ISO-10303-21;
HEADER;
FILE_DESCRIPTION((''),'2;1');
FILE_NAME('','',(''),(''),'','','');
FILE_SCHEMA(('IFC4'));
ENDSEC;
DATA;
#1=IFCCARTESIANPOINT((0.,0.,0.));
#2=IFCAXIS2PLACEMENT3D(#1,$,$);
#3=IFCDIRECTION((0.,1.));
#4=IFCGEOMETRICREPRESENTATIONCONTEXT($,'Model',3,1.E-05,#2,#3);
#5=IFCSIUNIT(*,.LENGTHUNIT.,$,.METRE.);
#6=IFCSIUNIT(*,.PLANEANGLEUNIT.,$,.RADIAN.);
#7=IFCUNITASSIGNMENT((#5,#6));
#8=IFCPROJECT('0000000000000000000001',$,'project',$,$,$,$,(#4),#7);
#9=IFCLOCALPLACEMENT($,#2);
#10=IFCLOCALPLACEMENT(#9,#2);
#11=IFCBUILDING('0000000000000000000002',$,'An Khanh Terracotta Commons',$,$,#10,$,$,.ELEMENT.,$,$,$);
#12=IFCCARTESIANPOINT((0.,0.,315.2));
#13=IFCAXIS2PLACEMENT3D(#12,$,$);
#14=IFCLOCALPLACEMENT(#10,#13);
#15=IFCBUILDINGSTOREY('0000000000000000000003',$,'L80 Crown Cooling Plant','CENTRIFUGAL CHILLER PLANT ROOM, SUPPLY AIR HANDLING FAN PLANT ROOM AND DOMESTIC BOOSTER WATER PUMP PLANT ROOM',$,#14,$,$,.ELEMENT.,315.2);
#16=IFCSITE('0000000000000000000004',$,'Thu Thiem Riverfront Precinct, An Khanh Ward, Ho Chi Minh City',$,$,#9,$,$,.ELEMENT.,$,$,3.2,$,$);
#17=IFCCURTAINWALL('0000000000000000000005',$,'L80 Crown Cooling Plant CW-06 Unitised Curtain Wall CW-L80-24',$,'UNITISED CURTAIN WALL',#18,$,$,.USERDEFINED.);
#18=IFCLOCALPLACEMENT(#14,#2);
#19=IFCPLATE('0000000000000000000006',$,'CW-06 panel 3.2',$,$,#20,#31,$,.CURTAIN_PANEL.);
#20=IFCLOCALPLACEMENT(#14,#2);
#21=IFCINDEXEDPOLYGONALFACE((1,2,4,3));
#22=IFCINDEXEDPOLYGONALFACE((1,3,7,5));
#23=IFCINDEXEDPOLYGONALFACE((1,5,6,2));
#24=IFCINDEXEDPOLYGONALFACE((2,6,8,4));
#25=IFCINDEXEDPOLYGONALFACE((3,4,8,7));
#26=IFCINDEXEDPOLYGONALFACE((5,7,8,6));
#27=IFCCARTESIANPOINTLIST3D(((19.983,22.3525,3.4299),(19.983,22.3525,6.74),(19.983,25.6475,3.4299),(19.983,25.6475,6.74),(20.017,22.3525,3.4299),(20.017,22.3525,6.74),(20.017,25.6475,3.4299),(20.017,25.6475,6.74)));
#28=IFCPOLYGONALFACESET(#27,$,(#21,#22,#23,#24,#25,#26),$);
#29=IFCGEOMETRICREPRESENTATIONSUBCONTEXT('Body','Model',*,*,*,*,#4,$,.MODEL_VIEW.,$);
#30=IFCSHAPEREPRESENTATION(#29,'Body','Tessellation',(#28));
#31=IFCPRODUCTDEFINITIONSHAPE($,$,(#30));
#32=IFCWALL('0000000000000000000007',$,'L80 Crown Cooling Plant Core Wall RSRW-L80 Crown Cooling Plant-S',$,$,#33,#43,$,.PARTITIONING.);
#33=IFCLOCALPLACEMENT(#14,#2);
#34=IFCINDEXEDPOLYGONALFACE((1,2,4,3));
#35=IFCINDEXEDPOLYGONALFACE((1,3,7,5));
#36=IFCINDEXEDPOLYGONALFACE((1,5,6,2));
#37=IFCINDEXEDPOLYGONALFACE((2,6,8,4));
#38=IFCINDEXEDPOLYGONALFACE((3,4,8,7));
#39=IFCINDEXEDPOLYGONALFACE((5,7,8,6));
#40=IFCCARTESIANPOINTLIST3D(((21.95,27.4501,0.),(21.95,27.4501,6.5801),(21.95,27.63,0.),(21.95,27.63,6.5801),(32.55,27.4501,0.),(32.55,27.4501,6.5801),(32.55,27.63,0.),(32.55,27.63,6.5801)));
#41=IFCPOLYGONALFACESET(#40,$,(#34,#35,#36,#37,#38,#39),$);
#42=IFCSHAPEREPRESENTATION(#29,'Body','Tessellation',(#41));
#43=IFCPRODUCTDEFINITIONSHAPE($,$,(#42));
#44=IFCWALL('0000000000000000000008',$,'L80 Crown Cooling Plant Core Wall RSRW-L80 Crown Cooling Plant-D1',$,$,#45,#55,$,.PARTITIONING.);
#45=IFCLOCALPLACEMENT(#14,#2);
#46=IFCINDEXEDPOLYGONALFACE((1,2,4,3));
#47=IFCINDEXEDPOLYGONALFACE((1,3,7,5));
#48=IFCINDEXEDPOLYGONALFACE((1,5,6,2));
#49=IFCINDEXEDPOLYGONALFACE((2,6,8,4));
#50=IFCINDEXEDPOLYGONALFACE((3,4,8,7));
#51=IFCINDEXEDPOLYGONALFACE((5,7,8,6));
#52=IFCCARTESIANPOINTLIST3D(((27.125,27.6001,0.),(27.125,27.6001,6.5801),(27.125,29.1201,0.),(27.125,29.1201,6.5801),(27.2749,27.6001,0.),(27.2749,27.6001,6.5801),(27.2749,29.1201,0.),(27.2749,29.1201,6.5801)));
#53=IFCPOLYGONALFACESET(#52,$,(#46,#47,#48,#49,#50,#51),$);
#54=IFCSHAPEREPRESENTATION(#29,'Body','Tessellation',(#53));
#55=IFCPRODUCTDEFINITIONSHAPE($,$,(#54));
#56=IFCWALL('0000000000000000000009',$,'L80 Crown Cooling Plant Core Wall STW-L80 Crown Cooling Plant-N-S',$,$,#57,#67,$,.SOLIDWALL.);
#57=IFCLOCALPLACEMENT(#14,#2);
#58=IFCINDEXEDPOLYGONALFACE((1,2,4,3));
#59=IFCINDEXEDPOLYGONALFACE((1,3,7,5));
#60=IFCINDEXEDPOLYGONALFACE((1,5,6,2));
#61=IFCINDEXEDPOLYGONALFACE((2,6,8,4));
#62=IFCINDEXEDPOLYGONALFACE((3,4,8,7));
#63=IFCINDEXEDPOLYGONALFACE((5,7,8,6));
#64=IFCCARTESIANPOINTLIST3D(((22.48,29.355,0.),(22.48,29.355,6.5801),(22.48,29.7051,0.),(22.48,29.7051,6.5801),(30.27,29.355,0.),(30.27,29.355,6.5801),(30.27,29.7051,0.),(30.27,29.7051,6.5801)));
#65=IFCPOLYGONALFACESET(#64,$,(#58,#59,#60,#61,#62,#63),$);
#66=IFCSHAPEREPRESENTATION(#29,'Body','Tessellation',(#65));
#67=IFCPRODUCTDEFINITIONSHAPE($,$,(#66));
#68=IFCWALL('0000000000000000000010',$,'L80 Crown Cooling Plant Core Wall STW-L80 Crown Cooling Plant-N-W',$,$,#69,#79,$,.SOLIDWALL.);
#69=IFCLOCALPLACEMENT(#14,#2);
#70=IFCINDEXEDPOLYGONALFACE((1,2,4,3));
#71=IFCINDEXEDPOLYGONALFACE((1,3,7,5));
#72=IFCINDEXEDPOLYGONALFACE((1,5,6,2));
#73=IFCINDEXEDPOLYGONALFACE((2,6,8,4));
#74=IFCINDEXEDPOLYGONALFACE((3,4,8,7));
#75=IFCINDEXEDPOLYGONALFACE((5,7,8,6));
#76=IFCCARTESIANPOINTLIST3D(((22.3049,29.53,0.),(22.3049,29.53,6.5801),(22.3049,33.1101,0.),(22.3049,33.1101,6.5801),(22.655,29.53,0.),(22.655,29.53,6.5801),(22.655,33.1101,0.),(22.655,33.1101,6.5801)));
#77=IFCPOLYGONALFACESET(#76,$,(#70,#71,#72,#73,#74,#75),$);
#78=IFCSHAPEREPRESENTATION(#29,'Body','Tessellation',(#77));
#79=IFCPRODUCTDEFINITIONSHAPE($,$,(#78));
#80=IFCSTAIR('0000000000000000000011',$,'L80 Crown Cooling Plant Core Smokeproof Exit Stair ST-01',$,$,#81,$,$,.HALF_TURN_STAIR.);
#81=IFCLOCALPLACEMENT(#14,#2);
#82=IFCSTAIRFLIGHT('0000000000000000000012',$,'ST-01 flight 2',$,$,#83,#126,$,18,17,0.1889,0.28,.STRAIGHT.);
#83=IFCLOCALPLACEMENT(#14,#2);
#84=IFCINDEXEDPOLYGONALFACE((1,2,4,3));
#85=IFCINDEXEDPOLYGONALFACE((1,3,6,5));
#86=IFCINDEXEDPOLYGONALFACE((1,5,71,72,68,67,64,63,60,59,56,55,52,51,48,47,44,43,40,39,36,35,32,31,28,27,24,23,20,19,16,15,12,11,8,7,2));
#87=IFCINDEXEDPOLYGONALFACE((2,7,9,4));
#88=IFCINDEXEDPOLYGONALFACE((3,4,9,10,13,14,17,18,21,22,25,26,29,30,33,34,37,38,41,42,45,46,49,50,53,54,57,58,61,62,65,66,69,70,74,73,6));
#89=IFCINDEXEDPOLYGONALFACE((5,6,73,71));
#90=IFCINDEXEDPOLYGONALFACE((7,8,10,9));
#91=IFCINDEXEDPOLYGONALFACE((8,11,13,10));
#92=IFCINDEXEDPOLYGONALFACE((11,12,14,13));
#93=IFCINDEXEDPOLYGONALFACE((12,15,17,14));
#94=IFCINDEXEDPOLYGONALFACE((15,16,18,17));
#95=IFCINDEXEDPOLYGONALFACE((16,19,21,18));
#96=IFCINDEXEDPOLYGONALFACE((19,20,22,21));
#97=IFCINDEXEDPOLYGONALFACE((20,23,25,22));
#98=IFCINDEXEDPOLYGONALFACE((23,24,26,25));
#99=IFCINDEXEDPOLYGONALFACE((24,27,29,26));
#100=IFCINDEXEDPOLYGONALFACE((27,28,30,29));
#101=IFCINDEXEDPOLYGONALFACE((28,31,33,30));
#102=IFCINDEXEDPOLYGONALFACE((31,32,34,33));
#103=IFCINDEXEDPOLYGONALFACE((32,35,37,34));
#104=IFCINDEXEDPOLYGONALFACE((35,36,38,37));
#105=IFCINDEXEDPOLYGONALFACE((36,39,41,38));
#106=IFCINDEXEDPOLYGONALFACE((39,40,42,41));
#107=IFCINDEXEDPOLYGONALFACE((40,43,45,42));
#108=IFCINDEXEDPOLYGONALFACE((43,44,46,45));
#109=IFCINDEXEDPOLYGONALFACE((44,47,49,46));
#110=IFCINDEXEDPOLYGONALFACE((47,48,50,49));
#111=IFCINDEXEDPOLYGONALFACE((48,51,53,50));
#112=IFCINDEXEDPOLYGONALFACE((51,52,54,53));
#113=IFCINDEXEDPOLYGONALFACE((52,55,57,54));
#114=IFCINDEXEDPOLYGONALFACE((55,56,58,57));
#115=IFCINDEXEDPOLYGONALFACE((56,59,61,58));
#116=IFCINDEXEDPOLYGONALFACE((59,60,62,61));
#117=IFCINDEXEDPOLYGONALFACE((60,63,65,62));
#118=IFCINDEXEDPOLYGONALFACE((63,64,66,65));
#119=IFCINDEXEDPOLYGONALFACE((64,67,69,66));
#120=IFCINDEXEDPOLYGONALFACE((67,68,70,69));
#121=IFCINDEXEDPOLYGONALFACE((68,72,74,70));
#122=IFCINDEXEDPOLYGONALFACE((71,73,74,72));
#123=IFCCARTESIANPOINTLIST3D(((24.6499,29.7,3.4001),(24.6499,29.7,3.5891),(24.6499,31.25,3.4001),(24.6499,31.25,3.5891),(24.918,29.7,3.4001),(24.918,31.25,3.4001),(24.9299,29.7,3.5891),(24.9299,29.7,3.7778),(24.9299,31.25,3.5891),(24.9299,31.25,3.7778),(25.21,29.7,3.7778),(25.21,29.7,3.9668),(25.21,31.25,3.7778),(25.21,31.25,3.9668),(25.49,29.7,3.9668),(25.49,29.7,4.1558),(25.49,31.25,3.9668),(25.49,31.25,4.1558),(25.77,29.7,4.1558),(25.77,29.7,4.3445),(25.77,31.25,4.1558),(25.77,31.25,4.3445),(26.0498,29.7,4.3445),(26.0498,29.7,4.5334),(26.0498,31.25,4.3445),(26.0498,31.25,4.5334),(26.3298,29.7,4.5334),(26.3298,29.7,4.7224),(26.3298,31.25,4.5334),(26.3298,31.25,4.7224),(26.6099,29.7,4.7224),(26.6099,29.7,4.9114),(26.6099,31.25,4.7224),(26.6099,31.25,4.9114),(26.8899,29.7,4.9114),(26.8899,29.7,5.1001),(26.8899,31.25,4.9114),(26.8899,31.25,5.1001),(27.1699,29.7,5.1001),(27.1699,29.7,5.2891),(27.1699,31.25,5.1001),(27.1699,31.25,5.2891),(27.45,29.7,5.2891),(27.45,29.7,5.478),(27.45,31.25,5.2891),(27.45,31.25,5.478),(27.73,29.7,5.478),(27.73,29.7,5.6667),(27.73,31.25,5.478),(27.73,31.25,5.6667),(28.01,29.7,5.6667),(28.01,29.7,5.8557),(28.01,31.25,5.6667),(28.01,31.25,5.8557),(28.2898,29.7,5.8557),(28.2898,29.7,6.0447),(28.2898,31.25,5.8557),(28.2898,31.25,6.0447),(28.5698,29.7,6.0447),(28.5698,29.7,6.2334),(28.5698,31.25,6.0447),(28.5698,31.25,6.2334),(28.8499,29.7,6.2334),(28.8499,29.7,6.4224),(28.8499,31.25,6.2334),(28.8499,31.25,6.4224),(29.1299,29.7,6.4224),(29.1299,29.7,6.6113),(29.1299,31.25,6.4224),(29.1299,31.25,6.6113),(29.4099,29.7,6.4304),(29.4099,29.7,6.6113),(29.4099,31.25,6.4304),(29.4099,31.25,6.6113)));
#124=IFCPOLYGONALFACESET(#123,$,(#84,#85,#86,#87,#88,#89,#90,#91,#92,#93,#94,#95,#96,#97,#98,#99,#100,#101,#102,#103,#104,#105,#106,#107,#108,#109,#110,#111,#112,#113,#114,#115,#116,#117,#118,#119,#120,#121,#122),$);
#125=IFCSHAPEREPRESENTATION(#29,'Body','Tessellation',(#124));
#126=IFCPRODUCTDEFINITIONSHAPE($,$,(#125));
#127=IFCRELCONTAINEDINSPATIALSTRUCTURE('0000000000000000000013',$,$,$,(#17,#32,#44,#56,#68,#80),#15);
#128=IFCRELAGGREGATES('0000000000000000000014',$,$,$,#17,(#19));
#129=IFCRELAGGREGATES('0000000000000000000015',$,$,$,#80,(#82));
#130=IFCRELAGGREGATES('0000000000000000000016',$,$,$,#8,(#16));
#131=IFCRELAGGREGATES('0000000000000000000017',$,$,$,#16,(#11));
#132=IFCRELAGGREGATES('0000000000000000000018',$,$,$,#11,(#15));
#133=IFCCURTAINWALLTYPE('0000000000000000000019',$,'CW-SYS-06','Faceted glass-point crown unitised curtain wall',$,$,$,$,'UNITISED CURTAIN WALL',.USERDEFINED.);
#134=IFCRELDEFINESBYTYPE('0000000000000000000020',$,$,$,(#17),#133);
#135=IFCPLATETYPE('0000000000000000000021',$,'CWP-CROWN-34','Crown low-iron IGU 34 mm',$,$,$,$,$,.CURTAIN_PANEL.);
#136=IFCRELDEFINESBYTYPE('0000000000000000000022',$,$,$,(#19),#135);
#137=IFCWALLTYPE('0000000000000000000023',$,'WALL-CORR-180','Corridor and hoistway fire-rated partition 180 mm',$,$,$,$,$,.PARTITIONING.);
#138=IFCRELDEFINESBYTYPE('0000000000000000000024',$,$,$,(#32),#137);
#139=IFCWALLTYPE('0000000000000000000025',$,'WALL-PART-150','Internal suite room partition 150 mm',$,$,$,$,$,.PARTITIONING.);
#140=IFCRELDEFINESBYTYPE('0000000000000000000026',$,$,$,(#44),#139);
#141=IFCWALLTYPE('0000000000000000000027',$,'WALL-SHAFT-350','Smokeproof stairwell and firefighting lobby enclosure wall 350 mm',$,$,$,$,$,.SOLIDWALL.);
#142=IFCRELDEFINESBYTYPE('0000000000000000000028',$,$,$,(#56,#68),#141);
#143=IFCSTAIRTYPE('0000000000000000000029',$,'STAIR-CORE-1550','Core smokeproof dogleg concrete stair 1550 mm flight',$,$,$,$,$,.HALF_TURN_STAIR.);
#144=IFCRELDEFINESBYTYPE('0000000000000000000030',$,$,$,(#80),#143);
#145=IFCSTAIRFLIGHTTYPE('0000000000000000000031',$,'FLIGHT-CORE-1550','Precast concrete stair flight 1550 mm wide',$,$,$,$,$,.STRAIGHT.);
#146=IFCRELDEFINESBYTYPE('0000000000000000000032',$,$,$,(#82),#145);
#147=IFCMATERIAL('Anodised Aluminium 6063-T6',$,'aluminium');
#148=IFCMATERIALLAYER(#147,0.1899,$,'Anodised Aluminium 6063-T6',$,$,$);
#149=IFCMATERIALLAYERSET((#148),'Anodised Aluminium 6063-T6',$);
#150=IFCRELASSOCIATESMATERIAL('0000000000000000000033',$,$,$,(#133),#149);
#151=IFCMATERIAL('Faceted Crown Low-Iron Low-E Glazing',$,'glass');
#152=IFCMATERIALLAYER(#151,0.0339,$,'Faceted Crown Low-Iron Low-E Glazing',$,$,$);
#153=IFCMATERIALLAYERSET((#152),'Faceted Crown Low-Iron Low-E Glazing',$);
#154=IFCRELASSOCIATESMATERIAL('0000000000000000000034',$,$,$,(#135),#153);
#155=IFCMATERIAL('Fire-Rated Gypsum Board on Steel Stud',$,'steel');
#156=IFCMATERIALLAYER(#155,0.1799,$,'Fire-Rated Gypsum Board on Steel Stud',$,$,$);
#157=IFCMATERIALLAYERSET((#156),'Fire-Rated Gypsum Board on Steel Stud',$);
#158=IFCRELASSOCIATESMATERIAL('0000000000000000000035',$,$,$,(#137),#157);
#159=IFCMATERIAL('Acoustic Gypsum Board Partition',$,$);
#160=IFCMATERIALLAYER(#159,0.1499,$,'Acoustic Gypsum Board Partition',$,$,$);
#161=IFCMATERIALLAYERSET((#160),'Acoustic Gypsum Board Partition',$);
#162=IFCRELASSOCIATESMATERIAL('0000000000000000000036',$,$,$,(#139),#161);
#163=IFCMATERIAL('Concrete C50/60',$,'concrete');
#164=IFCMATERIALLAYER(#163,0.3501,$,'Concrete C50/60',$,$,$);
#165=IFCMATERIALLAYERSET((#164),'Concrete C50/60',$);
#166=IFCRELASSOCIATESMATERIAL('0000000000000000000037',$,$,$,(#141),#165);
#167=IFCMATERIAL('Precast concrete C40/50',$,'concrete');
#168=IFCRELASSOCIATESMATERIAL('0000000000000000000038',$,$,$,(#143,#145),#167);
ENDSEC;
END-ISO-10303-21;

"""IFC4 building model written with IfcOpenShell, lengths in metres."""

from ifc_helpers import new_model, si_unit, direction, frame, frame_2d, origin, origin_2d, place, context, subcontext, project, spatial, polyline, rectangle, outline, extrude, material, layer, layer_set, type_object, element, aggregate, save


model = new_model("IFC4")

# Units and contexts
model_context = context("Model", 3, precision=1e-05, world=origin(), true_north=direction((0.0, 1.0)))
body_context = subcontext(model_context, "Body", "Model", "MODEL_VIEW")
ifc_project = project(units=[si_unit("LENGTHUNIT", "METRE"), si_unit("PLANEANGLEUNIT", "RADIAN")], contexts=[model_context])

# Site, building, storey
site_placement = place(None, origin())
site = spatial("IfcSite", under=ifc_project, at=site_placement, Name="Thu Thiem Riverfront Precinct, An Khanh Ward, Ho Chi Minh City", CompositionType="ELEMENT", RefElevation=3.2)
building_placement = place(site_placement, origin())
building = spatial("IfcBuilding", under=site, at=building_placement, Name="An Khanh Terracotta Commons", CompositionType="ELEMENT")
storey_placement = place(building_placement, frame((0.0, 0.0, 315.2)))
storey = spatial("IfcBuildingStorey", under=building, at=storey_placement, Name="L80 Crown Cooling Plant", Description="CENTRIFUGAL CHILLER PLANT ROOM, SUPPLY AIR HANDLING FAN PLANT ROOM AND DOMESTIC BOOSTER WATER PUMP PLANT ROOM", CompositionType="ELEMENT", Elevation=315.2)

# Curtain wall, plate
ifc_material_1 = material(Name="Anodised Aluminium 6063-T6", Category="aluminium")
ifc_layer_1 = layer(ifc_material_1, 0.1899, Name="Anodised Aluminium 6063-T6")
ifc_layer_set_1 = layer_set([ifc_layer_1], Name="Anodised Aluminium 6063-T6")
curtain_wall_type = type_object("IfcCurtainWallType", Name="CW-SYS-06", Description="Faceted glass-point crown unitised curtain wall", ElementType="UNITISED CURTAIN WALL", PredefinedType="USERDEFINED", material=ifc_layer_set_1)
curtain_wall_placement = place(storey_placement, origin())
curtain_wall = element("IfcCurtainWall", 1, at=curtain_wall_placement, inside=storey, type_object=curtain_wall_type, Name="L80 Crown Cooling Plant CW-06 Unitised Curtain Wall CW-L80-24", ObjectType="UNITISED CURTAIN WALL", PredefinedType="USERDEFINED")
ifc_material_2 = material(Name="Faceted Crown Low-Iron Low-E Glazing", Category="glass")
ifc_layer_2 = layer(ifc_material_2, 0.0339, Name="Faceted Crown Low-Iron Low-E Glazing")
ifc_layer_set_2 = layer_set([ifc_layer_2], Name="Faceted Crown Low-Iron Low-E Glazing")
plate_type = type_object("IfcPlateType", Name="CWP-CROWN-34", Description="Crown low-iron IGU 34 mm", PredefinedType="CURTAIN_PANEL", material=ifc_layer_set_2)
plate_1_placement = place(storey_placement, frame((20.0, 24.0, 3.4299), z_axis=(0.0, 0.0, 1.0), x_axis=(0.0, -1.0, 0.0)))
plate_1 = element("IfcPlate", 2, at=plate_1_placement, type_object=plate_type, Name="CW-06 panel 3.2", PredefinedType="CURTAIN_PANEL", context=body_context, shape_type="SweptSolid", body=[
    extrude(rectangle(XDim=3.2949, YDim=0.0339, at=origin_2d()), origin(), (0.0, 0.0, 1.0), 3.3101),
])
aggregate(curtain_wall, [plate_1])

# Walls
ifc_material_3 = material(Name="Fire-Rated Gypsum Board on Steel Stud", Category="steel")
ifc_layer_3 = layer(ifc_material_3, 0.1799, Name="Fire-Rated Gypsum Board on Steel Stud")
ifc_layer_set_3 = layer_set([ifc_layer_3], Name="Fire-Rated Gypsum Board on Steel Stud")
wall_type_1 = type_object("IfcWallType", Name="WALL-CORR-180", Description="Corridor and hoistway fire-rated partition 180 mm", PredefinedType="PARTITIONING", material=ifc_layer_set_3)
wall_1_placement = place(storey_placement, frame((21.95, 27.54, 0.0), z_axis=(0.0, 0.0, 1.0), x_axis=(1.0, 0.0, 0.0)))
element("IfcWall", 3, at=wall_1_placement, inside=storey, type_object=wall_type_1, Name="L80 Crown Cooling Plant Core Wall RSRW-L80 Crown Cooling Plant-S", PredefinedType="PARTITIONING", context=body_context, shape_type="SweptSolid", body=[
    extrude(rectangle(XDim=10.6001, YDim=0.1799, at=frame_2d((5.3, 0.0))), origin(), (0.0, 0.0, 1.0), 6.5801),
])
ifc_material_4 = material(Name="Acoustic Gypsum Board Partition")
ifc_layer_4 = layer(ifc_material_4, 0.1499, Name="Acoustic Gypsum Board Partition")
ifc_layer_set_4 = layer_set([ifc_layer_4], Name="Acoustic Gypsum Board Partition")
wall_type_2 = type_object("IfcWallType", Name="WALL-PART-150", Description="Internal suite room partition 150 mm", PredefinedType="PARTITIONING", material=ifc_layer_set_4)
wall_2_placement = place(storey_placement, frame((27.2, 27.6001, 0.0), z_axis=(0.0, 0.0, 1.0), x_axis=(0.0, 1.0, 0.0)))
element("IfcWall", 4, at=wall_2_placement, inside=storey, type_object=wall_type_2, Name="L80 Crown Cooling Plant Core Wall RSRW-L80 Crown Cooling Plant-D1", PredefinedType="PARTITIONING", context=body_context, shape_type="SweptSolid", body=[
    extrude(rectangle(XDim=1.52, YDim=0.1499, at=frame_2d((0.76, 0.0))), origin(), (0.0, 0.0, 1.0), 6.5801),
])
ifc_material_5 = material(Name="Concrete C50/60", Category="concrete")
ifc_layer_5 = layer(ifc_material_5, 0.3501, Name="Concrete C50/60")
ifc_layer_set_5 = layer_set([ifc_layer_5], Name="Concrete C50/60")
wall_type_3 = type_object("IfcWallType", Name="WALL-SHAFT-350", Description="Smokeproof stairwell and firefighting lobby enclosure wall 350 mm", PredefinedType="SOLIDWALL", material=ifc_layer_set_5)
wall_3_placement = place(storey_placement, frame((22.48, 29.53, 0.0), z_axis=(0.0, 0.0, 1.0), x_axis=(1.0, 0.0, 0.0)))
element("IfcWall", 5, at=wall_3_placement, inside=storey, type_object=wall_type_3, Name="L80 Crown Cooling Plant Core Wall STW-L80 Crown Cooling Plant-N-S", PredefinedType="SOLIDWALL", context=body_context, shape_type="SweptSolid", body=[
    extrude(rectangle(XDim=7.79, YDim=0.3501, at=frame_2d((3.895, 0.0))), origin(), (0.0, 0.0, 1.0), 6.5801),
])
wall_4_placement = place(storey_placement, frame((22.48, 29.53, 0.0), z_axis=(0.0, 0.0, 1.0), x_axis=(0.0, 1.0, 0.0)))
element("IfcWall", 6, at=wall_4_placement, inside=storey, type_object=wall_type_3, Name="L80 Crown Cooling Plant Core Wall STW-L80 Crown Cooling Plant-N-W", PredefinedType="SOLIDWALL", context=body_context, shape_type="SweptSolid", body=[
    extrude(rectangle(XDim=3.5801, YDim=0.3501, at=frame_2d((1.79, 0.0))), origin(), (0.0, 0.0, 1.0), 6.5801),
])

# Stair, stair flight
ifc_material_6 = material(Name="Precast concrete C40/50", Category="concrete")
stair_type = type_object("IfcStairType", Name="STAIR-CORE-1550", Description="Core smokeproof dogleg concrete stair 1550 mm flight", PredefinedType="HALF_TURN_STAIR", material=ifc_material_6)
stair_placement = place(storey_placement, origin())
stair = element("IfcStair", 7, at=stair_placement, inside=storey, type_object=stair_type, Name="L80 Crown Cooling Plant Core Smokeproof Exit Stair ST-01", PredefinedType="HALF_TURN_STAIR")
stair_flight_type = type_object("IfcStairFlightType", Name="FLIGHT-CORE-1550", Description="Precast concrete stair flight 1550 mm wide", PredefinedType="STRAIGHT", material=ifc_material_6)
stair_flight_placement = place(storey_placement, frame((24.6499, 30.4751, 3.4001), z_axis=(0.0, 0.0, 1.0), x_axis=(1.0, 0.0, 0.0)))
stair_flight = element("IfcStairFlight", 8, at=stair_flight_placement, type_object=stair_flight_type, Name="ST-01 flight 2", NumberOfRisers=18, NumberOfTreads=17, PredefinedType="STRAIGHT", RiserHeight=0.1889, TreadLength=0.28, context=body_context, shape_type="SweptSolid", body=[
    extrude(outline(polyline([(0.0, 0.0), (0.0, 0.189), (0.28, 0.189), (0.28, 0.3777), (0.5601, 0.3777), (0.5601, 0.5667), (0.8401, 0.5667), (0.8401, 0.7556), (1.1201, 0.7556), (1.1201, 0.9443), (1.3999, 0.9443), (1.3999, 1.1333), (1.6799, 1.1333), (1.6799, 1.3223), (1.96, 1.3223), (1.96, 1.5112), (2.24, 1.5112), (2.24, 1.7), (2.52, 1.7), (2.52, 1.8889), (2.8, 1.8889), (2.8, 2.0779), (3.0801, 2.0779), (3.0801, 2.2666), (3.3601, 2.2666), (3.3601, 2.4556), (3.6399, 2.4556), (3.6399, 2.6445), (3.9199, 2.6445), (3.9199, 2.8333), (4.2, 2.8333), (4.2, 3.0222), (4.48, 3.0222), (4.48, 3.2112), (4.76, 3.2112), (4.76, 3.3999), (4.76, 3.0303), (0.2681, 0.0), (0.0, 0.0)])), frame((0.0, 0.7749, 0.0), z_axis=(0.0, -1.0, 0.0), x_axis=(1.0, 0.0, 0.0)), (0.0, 0.0, 1.0), 1.55),
])
aggregate(stair, [stair_flight])

save(model, "model.ifc")
